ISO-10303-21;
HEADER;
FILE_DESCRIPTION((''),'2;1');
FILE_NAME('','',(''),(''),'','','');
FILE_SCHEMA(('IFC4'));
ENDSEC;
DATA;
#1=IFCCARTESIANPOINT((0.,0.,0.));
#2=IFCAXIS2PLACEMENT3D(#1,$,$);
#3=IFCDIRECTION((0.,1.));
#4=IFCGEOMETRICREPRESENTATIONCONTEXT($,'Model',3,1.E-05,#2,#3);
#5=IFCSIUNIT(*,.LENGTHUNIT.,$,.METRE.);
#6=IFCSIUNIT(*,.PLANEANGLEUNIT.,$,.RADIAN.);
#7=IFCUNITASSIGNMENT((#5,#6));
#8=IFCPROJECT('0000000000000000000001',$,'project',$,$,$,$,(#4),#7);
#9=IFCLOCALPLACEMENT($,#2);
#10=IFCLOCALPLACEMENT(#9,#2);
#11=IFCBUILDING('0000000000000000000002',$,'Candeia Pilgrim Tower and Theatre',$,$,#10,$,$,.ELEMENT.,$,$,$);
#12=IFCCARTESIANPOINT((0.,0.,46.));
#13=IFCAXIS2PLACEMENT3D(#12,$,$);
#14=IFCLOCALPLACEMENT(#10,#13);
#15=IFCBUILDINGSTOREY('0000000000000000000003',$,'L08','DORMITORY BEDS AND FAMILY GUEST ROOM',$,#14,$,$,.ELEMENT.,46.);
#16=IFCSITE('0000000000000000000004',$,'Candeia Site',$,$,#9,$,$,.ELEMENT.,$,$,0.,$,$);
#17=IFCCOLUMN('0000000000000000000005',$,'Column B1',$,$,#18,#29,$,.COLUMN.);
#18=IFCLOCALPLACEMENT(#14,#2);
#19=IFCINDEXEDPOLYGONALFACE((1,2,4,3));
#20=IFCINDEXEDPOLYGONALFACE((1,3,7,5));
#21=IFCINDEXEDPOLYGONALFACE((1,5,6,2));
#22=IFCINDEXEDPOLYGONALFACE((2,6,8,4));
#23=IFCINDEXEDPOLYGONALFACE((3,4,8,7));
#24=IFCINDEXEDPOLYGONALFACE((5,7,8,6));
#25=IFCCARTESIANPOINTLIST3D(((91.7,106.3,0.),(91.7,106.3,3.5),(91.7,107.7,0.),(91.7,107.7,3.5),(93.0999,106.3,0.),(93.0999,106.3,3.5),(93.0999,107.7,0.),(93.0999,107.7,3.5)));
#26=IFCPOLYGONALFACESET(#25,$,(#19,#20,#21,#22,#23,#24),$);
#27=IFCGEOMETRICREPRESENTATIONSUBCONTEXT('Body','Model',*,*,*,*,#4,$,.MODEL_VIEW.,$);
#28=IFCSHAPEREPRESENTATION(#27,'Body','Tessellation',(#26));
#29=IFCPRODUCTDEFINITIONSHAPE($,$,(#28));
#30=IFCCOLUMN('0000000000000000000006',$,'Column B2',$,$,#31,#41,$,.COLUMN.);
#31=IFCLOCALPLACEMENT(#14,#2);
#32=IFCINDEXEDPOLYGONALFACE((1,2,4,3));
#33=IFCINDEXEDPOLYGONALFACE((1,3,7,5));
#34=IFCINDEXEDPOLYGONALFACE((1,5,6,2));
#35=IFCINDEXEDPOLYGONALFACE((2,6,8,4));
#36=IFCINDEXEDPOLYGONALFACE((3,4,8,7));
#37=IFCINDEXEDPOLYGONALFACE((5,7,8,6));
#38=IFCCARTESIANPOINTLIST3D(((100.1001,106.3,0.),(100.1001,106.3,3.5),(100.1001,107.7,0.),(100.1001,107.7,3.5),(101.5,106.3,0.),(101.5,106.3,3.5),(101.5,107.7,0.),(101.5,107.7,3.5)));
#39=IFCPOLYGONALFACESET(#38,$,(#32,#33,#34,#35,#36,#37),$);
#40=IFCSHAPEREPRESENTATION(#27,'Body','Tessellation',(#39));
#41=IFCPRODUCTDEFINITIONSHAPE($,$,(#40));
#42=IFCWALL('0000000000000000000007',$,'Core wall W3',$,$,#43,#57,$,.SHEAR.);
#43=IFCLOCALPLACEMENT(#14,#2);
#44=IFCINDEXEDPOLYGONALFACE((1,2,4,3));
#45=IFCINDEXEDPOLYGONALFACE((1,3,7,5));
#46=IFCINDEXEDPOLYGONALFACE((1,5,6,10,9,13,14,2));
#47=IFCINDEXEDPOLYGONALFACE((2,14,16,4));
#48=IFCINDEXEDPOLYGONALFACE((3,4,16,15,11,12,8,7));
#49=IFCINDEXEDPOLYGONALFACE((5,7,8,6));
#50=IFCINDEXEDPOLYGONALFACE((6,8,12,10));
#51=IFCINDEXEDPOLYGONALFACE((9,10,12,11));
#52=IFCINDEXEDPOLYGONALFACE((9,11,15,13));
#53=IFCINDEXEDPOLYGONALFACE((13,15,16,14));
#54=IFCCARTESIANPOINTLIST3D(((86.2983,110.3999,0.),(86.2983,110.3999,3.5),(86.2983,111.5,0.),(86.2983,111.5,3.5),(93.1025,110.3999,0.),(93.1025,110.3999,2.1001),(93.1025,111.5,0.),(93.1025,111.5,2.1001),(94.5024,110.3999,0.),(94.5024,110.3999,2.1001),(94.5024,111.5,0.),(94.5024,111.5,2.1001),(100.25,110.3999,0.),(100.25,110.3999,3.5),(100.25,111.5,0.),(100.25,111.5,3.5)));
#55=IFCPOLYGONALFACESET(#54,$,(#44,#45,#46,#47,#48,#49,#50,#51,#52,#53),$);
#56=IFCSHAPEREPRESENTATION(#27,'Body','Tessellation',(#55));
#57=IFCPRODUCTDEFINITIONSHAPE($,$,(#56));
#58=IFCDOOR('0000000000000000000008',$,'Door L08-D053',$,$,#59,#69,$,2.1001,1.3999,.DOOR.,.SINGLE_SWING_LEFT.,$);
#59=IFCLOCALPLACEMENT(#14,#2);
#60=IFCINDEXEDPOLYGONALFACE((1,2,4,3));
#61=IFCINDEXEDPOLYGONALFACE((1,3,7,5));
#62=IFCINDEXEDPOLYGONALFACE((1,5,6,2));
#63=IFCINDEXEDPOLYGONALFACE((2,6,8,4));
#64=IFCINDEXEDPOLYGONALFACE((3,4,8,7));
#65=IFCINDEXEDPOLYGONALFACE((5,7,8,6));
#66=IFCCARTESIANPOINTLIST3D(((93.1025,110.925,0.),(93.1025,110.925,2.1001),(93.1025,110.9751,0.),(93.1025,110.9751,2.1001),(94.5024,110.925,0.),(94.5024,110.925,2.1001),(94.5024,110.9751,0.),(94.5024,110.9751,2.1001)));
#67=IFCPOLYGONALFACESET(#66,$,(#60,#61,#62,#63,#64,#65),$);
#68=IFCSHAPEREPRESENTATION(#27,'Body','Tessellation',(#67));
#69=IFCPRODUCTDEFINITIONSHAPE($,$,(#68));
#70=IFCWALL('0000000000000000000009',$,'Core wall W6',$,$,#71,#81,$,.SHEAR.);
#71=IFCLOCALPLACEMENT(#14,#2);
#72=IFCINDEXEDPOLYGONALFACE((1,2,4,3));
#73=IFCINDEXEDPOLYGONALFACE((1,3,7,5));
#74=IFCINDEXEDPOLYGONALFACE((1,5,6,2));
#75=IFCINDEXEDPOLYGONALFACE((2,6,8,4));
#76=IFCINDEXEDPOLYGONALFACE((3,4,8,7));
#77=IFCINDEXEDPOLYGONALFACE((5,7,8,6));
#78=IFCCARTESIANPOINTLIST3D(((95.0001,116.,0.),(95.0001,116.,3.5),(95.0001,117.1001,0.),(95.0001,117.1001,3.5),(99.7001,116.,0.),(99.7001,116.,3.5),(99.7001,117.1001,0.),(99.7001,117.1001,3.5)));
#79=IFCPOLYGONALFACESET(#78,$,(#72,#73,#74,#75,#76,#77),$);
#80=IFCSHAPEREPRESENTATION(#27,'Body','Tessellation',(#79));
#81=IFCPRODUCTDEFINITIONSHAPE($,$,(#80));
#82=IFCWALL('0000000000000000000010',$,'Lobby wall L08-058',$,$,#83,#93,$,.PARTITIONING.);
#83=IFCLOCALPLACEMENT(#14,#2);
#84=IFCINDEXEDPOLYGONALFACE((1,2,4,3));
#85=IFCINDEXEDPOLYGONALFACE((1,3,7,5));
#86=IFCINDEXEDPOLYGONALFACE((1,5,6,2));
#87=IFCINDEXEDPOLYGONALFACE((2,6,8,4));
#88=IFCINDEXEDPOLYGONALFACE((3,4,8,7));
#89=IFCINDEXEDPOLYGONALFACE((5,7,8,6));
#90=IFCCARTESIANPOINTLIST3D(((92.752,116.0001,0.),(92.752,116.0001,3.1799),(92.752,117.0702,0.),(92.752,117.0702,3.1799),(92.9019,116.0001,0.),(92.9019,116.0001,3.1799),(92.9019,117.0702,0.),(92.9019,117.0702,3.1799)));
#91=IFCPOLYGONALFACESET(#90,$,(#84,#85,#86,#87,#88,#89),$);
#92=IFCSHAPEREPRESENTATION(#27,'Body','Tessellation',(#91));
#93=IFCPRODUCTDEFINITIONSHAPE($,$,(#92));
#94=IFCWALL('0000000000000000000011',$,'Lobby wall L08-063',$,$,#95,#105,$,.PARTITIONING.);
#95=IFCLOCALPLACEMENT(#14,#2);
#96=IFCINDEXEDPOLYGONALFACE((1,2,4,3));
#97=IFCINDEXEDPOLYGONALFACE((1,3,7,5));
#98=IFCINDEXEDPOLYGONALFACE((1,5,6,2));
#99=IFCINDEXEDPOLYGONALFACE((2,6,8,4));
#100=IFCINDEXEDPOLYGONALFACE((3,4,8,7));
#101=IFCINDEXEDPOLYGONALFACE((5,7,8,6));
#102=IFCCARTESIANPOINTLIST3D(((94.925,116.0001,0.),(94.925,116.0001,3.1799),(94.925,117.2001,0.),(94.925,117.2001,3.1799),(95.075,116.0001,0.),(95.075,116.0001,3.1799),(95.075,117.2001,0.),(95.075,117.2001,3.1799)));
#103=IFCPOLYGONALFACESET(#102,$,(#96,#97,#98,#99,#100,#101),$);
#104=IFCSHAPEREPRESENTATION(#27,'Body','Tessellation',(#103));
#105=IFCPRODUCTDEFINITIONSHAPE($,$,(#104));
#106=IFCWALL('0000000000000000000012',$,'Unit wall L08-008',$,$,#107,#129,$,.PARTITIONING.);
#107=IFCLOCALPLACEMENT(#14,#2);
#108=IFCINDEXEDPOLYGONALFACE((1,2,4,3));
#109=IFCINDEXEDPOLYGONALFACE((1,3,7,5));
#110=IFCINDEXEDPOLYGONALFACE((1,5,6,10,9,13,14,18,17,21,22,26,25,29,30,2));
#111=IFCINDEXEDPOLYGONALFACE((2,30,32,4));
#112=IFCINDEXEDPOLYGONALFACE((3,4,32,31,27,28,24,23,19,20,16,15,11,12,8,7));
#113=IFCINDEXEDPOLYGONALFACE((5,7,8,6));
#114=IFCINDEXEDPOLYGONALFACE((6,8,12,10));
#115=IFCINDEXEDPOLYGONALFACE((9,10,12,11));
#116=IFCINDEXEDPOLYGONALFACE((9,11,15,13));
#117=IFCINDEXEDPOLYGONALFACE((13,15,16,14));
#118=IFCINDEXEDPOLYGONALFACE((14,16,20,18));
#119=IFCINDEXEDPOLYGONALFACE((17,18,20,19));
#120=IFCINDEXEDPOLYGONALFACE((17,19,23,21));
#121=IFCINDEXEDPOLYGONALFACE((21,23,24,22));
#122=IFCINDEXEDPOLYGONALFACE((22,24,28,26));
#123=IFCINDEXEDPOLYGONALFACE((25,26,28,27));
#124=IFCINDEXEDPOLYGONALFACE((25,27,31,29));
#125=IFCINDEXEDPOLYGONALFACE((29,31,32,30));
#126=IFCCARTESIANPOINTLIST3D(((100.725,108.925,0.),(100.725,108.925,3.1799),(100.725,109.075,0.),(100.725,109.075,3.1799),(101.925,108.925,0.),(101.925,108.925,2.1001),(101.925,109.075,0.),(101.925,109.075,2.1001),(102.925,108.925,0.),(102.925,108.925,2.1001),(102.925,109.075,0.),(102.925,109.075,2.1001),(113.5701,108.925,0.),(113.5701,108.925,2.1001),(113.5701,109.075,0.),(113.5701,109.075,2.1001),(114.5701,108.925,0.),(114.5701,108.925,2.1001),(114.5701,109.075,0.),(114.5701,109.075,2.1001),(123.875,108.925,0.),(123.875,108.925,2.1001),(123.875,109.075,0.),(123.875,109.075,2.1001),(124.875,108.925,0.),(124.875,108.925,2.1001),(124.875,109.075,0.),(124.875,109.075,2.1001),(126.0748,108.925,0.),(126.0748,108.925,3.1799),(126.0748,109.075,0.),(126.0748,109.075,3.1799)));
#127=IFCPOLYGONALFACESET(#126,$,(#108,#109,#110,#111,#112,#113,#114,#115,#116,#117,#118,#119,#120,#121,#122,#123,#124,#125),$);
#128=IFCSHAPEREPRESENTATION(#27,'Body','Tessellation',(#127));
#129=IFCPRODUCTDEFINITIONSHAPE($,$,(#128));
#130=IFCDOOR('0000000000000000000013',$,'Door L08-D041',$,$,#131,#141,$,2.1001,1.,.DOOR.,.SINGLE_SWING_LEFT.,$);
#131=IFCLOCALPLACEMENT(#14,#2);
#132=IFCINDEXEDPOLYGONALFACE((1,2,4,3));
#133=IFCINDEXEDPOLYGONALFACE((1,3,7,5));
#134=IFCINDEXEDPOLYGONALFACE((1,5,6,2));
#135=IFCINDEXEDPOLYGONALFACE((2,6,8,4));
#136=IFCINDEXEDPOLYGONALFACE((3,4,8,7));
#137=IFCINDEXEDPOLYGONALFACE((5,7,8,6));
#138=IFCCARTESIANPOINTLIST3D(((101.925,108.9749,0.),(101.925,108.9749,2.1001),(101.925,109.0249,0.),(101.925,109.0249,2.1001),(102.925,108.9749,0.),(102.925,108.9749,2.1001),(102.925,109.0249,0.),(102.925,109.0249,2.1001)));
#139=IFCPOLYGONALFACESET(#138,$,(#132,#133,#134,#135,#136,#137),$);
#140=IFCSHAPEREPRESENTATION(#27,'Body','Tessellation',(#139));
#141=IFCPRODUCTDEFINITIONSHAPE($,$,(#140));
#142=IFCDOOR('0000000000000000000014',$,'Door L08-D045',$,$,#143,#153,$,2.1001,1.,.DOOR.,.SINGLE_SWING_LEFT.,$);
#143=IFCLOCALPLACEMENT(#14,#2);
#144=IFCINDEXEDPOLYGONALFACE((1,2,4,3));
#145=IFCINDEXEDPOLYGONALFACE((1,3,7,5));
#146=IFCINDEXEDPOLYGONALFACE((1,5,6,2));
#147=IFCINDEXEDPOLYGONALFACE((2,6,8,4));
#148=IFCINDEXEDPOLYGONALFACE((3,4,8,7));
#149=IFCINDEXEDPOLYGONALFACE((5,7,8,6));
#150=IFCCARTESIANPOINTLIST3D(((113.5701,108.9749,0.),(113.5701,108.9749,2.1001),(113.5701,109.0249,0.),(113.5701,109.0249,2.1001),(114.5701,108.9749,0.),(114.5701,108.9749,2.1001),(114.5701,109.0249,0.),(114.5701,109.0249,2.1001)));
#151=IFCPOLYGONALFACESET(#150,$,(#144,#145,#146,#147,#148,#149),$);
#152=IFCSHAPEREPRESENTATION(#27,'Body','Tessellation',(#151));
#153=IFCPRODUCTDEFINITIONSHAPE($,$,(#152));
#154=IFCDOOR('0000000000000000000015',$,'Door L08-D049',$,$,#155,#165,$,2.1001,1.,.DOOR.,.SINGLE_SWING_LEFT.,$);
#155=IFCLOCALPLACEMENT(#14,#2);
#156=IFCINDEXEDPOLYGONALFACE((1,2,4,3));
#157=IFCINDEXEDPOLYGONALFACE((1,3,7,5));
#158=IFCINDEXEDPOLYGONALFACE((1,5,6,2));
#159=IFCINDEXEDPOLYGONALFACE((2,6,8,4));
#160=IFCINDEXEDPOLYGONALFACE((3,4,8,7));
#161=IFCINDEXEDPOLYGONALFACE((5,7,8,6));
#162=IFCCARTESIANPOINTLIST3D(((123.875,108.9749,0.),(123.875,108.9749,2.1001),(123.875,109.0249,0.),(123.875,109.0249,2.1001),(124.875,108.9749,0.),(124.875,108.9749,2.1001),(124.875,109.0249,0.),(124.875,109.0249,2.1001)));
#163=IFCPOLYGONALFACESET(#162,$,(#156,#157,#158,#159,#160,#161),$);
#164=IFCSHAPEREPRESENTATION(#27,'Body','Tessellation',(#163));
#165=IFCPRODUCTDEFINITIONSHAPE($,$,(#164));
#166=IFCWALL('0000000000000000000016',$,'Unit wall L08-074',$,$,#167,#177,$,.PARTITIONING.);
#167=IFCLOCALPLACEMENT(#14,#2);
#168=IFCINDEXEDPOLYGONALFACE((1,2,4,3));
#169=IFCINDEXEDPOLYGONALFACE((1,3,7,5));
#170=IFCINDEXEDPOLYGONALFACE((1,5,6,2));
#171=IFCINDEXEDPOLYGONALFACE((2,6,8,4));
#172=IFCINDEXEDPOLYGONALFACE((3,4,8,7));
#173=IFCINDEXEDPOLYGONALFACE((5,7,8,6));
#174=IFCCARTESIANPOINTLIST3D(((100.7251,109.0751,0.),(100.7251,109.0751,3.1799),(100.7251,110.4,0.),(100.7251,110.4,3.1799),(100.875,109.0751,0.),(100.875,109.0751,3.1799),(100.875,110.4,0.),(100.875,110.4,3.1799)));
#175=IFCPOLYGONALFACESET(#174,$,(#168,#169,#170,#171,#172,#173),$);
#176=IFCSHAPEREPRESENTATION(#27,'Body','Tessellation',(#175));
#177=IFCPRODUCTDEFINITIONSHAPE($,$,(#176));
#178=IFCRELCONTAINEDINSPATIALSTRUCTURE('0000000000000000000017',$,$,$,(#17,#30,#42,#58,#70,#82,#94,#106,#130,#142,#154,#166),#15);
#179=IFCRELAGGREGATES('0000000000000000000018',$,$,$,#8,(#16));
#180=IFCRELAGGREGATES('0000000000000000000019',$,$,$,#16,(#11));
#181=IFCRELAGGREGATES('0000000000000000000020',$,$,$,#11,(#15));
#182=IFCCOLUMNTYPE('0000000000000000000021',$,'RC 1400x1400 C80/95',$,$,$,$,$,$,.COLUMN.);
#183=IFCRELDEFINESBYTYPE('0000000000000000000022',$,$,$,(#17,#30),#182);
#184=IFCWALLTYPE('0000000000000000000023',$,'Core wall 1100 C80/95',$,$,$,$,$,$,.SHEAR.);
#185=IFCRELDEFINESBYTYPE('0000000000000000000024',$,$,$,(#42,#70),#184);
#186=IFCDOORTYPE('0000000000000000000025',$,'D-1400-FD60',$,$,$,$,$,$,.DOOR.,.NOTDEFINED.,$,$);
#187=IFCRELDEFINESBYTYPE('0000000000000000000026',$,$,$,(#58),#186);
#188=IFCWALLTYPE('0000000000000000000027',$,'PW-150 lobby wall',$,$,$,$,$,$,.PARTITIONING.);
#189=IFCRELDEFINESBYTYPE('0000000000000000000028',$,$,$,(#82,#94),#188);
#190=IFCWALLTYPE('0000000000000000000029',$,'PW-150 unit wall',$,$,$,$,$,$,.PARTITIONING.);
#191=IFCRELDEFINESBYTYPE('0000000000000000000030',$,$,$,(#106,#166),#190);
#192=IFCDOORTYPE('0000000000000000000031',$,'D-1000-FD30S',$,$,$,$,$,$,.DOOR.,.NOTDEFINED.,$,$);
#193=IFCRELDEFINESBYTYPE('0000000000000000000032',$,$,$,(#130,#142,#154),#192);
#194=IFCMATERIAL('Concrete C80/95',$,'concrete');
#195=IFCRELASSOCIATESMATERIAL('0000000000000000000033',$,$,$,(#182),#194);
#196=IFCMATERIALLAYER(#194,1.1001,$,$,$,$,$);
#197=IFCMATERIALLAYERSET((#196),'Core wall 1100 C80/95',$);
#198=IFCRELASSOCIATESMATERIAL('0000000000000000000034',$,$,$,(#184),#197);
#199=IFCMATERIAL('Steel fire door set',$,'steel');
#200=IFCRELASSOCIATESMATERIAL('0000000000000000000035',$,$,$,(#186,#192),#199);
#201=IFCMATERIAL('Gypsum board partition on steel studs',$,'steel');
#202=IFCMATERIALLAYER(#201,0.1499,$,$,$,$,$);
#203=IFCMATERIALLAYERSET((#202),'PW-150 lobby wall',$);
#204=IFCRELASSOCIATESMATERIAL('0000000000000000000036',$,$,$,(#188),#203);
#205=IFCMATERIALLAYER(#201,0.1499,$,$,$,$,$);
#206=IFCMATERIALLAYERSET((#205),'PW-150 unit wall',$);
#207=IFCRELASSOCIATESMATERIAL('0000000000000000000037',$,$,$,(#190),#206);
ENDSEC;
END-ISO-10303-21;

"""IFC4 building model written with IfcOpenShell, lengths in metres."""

from ifc_helpers import new_model, si_unit, direction, frame, frame_2d, origin, origin_2d, place, context, subcontext, project, spatial, rectangle, extrude, material, layer, layer_set, material_profile, profile_set, type_object, element, fill, save


model = new_model("IFC4")

# Units and contexts
model_context = context("Model", 3, precision=1e-05, world=origin(), true_north=direction((0.0, 1.0)))
body_context = subcontext(model_context, "Body", "Model", "MODEL_VIEW")
ifc_project = project(units=[si_unit("LENGTHUNIT", "METRE"), si_unit("PLANEANGLEUNIT", "RADIAN")], contexts=[model_context])

# Site, building, storey
site_placement = place(None, origin())
site = spatial("IfcSite", under=ifc_project, at=site_placement, Name="Candeia Site", CompositionType="ELEMENT", RefElevation=0.0)
building_placement = place(site_placement, origin())
building = spatial("IfcBuilding", under=site, at=building_placement, Name="Candeia Pilgrim Tower and Theatre", CompositionType="ELEMENT")
storey_placement = place(building_placement, frame((0.0, 0.0, 46.0)))
storey = spatial("IfcBuildingStorey", under=building, at=storey_placement, Name="L08", Description="DORMITORY BEDS AND FAMILY GUEST ROOM", CompositionType="ELEMENT", Elevation=46.0)

# Columns
ifc_material_1 = material(Name="Concrete C80/95", Category="concrete")
ifc_material_profile = material_profile(ifc_material_1, rectangle(XDim=1.3999, YDim=1.3999, at=origin_2d()))
ifc_profile_set = profile_set([ifc_material_profile], Name="Concrete C80/95")
column_type = type_object("IfcColumnType", Name="RC 1400x1400 C80/95", PredefinedType="COLUMN", material=ifc_profile_set)
for number, where, z_axis, x_axis, name in (
    (1, (92.3999, 107.0, 0.0), (0.0, 0.0, 1.0), (1.0, 0.0, 0.0), "Column B1"),
    (2, (100.8, 107.0, 0.0), (0.0, 0.0, 1.0), (1.0, 0.0, 0.0), "Column B2"),
):
    element("IfcColumn", number, at=place(storey_placement, frame(where, z_axis=z_axis, x_axis=x_axis)), inside=storey, type_object=column_type, Name=name, PredefinedType="COLUMN", context=body_context, shape_type="SweptSolid", body=[
        extrude(rectangle(XDim=1.3999, YDim=1.3999, at=origin_2d()), origin(), (0.0, 0.0, 1.0), 3.5),
    ])

# Wall, opening, door
ifc_layer_1 = layer(ifc_material_1, 1.1001)
ifc_layer_set_1 = layer_set([ifc_layer_1], Name="Core wall 1100 C80/95")
wall_type_1 = type_object("IfcWallType", Name="Core wall 1100 C80/95", PredefinedType="SHEAR", material=ifc_layer_set_1)
wall_1_placement = place(storey_placement, frame((100.25, 110.95, 0.0), z_axis=(0.0, 0.0, 1.0), x_axis=(-1.0, 0.0, 0.0)))
wall_1 = element("IfcWall", 3, at=wall_1_placement, inside=storey, type_object=wall_type_1, Name="Core wall W3", PredefinedType="SHEAR", context=body_context, shape_type="SweptSolid", body=[
    extrude(rectangle(XDim=13.9517, YDim=1.1001, at=frame_2d((6.9758, 0.0))), origin(), (0.0, 0.0, 1.0), 3.5),
])
opening_1_placement = place(wall_1_placement, frame((5.7476, 0.0, 0.0)))
opening_1 = element("IfcOpeningElement", 4, at=opening_1_placement, cuts=wall_1, PredefinedType="OPENING", context=body_context, shape_type="SweptSolid", body=[
    extrude(rectangle(XDim=1.3999, YDim=2.1001, at=frame_2d((0.7, 1.05))), frame((0.0, 0.5601, 0.0), z_axis=(0.0, -1.0, 0.0), x_axis=(1.0, 0.0, 0.0)), (0.0, 0.0, 1.0), 1.1201),
])
ifc_material_2 = material(Name="Steel fire door set", Category="steel")
door_type_1 = type_object("IfcDoorType", Name="D-1400-FD60", OperationType="NOTDEFINED", PredefinedType="DOOR", material=ifc_material_2)
door_1_placement = place(opening_1_placement, origin())
door_1 = element("IfcDoor", 5, at=door_1_placement, inside=storey, type_object=door_type_1, Name="Door L08-D053", OperationType="SINGLE_SWING_LEFT", OverallHeight=2.1001, OverallWidth=1.3999, PredefinedType="DOOR", context=body_context, shape_type="SweptSolid", body=[
    extrude(rectangle(XDim=1.3999, YDim=2.1001, at=frame_2d((0.7, 1.05))), frame((0.0, 0.0249, 0.0), z_axis=(0.0, -1.0, 0.0), x_axis=(1.0, 0.0, 0.0)), (0.0, 0.0, 1.0), 0.05),
])
fill(opening_1, door_1)

# Walls
wall_2_placement = place(storey_placement, frame((95.0, 116.55, 0.0), z_axis=(0.0, 0.0, 1.0), x_axis=(1.0, 0.0, 0.0)))
element("IfcWall", 6, at=wall_2_placement, inside=storey, type_object=wall_type_1, Name="Core wall W6", PredefinedType="SHEAR", context=body_context, shape_type="SweptSolid", body=[
    extrude(rectangle(XDim=4.7, YDim=1.1001, at=frame_2d((2.3501, 0.0))), origin(), (0.0, 0.0, 1.0), 3.5),
])
ifc_material_3 = material(Name="Gypsum board partition on steel studs", Category="steel")
ifc_layer_2 = layer(ifc_material_3, 0.1499)
ifc_layer_set_2 = layer_set([ifc_layer_2], Name="PW-150 lobby wall")
wall_type_2 = type_object("IfcWallType", Name="PW-150 lobby wall", PredefinedType="PARTITIONING", material=ifc_layer_set_2)
wall_3_placement = place(storey_placement, frame((92.8269, 116.0, 0.0), z_axis=(0.0, 0.0, 1.0), x_axis=(0.0, 1.0, 0.0)))
element("IfcWall", 7, at=wall_3_placement, inside=storey, type_object=wall_type_2, Name="Lobby wall L08-058", PredefinedType="PARTITIONING", context=body_context, shape_type="SweptSolid", body=[
    extrude(rectangle(XDim=1.0701, YDim=0.1499, at=frame_2d((0.5352, 0.0))), origin(), (0.0, 0.0, 1.0), 3.1799),
])
wall_4_placement = place(storey_placement, frame((95.0, 116.0, 0.0), z_axis=(0.0, 0.0, 1.0), x_axis=(0.0, 1.0, 0.0)))
element("IfcWall", 8, at=wall_4_placement, inside=storey, type_object=wall_type_2, Name="Lobby wall L08-063", PredefinedType="PARTITIONING", context=body_context, shape_type="SweptSolid", body=[
    extrude(rectangle(XDim=1.2, YDim=0.1499, at=frame_2d((0.6001, 0.0))), origin(), (0.0, 0.0, 1.0), 3.1799),
])

# Wall, openings, doors
ifc_layer_3 = layer(ifc_material_3, 0.1499)
ifc_layer_set_3 = layer_set([ifc_layer_3], Name="PW-150 unit wall")
wall_type_3 = type_object("IfcWallType", Name="PW-150 unit wall", PredefinedType="PARTITIONING", material=ifc_layer_set_3)
wall_5_placement = place(storey_placement, frame((100.7251, 109.0, 0.0), z_axis=(0.0, 0.0, 1.0), x_axis=(1.0, 0.0, 0.0)))
wall_5 = element("IfcWall", 9, at=wall_5_placement, inside=storey, type_object=wall_type_3, Name="Unit wall L08-008", PredefinedType="PARTITIONING", context=body_context, shape_type="SweptSolid", body=[
    extrude(rectangle(XDim=25.3499, YDim=0.1499, at=frame_2d((12.6748, 0.0))), origin(), (0.0, 0.0, 1.0), 3.1799),
])
opening_2_placement = place(wall_5_placement, frame((1.2, 0.0, 0.0)))
opening_2 = element("IfcOpeningElement", 10, at=opening_2_placement, cuts=wall_5, PredefinedType="OPENING", context=body_context, shape_type="SweptSolid", body=[
    extrude(rectangle(XDim=1.0, YDim=2.1001, at=frame_2d((0.5, 1.05))), frame((0.0, 0.085, 0.0), z_axis=(0.0, -1.0, 0.0), x_axis=(1.0, 0.0, 0.0)), (0.0, 0.0, 1.0), 0.1699),
])
opening_3_placement = place(wall_5_placement, frame((12.845, 0.0, 0.0)))
opening_3 = element("IfcOpeningElement", 11, at=opening_3_placement, cuts=wall_5, PredefinedType="OPENING", context=body_context, shape_type="SweptSolid", body=[
    extrude(rectangle(XDim=1.0, YDim=2.1001, at=frame_2d((0.5, 1.05))), frame((0.0, 0.085, 0.0), z_axis=(0.0, -1.0, 0.0), x_axis=(1.0, 0.0, 0.0)), (0.0, 0.0, 1.0), 0.1699),
])
opening_4_placement = place(wall_5_placement, frame((23.1499, 0.0, 0.0)))
opening_4 = element("IfcOpeningElement", 12, at=opening_4_placement, cuts=wall_5, PredefinedType="OPENING", context=body_context, shape_type="SweptSolid", body=[
    extrude(rectangle(XDim=1.0, YDim=2.1001, at=frame_2d((0.5, 1.05))), frame((0.0, 0.085, 0.0), z_axis=(0.0, -1.0, 0.0), x_axis=(1.0, 0.0, 0.0)), (0.0, 0.0, 1.0), 0.1699),
])
door_type_2 = type_object("IfcDoorType", Name="D-1000-FD30S", OperationType="NOTDEFINED", PredefinedType="DOOR", material=ifc_material_2)
door_2_placement = place(opening_2_placement, origin())
door_2 = element("IfcDoor", 13, at=door_2_placement, inside=storey, type_object=door_type_2, Name="Door L08-D041", OperationType="SINGLE_SWING_LEFT", OverallHeight=2.1001, OverallWidth=1.0, PredefinedType="DOOR", context=body_context, shape_type="SweptSolid", body=[
    extrude(rectangle(XDim=1.0, YDim=2.1001, at=frame_2d((0.5, 1.05))), frame((0.0, 0.0249, 0.0), z_axis=(0.0, -1.0, 0.0), x_axis=(1.0, 0.0, 0.0)), (0.0, 0.0, 1.0), 0.05),
])
fill(opening_2, door_2)
door_3_placement = place(opening_3_placement, origin())
door_3 = element("IfcDoor", 14, at=door_3_placement, inside=storey, type_object=door_type_2, Name="Door L08-D045", OperationType="SINGLE_SWING_LEFT", OverallHeight=2.1001, OverallWidth=1.0, PredefinedType="DOOR", context=body_context, shape_type="SweptSolid", body=[
    extrude(rectangle(XDim=1.0, YDim=2.1001, at=frame_2d((0.5, 1.05))), frame((0.0, 0.0249, 0.0), z_axis=(0.0, -1.0, 0.0), x_axis=(1.0, 0.0, 0.0)), (0.0, 0.0, 1.0), 0.05),
])
fill(opening_3, door_3)
door_4_placement = place(opening_4_placement, origin())
door_4 = element("IfcDoor", 15, at=door_4_placement, inside=storey, type_object=door_type_2, Name="Door L08-D049", OperationType="SINGLE_SWING_LEFT", OverallHeight=2.1001, OverallWidth=1.0, PredefinedType="DOOR", context=body_context, shape_type="SweptSolid", body=[
    extrude(rectangle(XDim=1.0, YDim=2.1001, at=frame_2d((0.5, 1.05))), frame((0.0, 0.0249, 0.0), z_axis=(0.0, -1.0, 0.0), x_axis=(1.0, 0.0, 0.0)), (0.0, 0.0, 1.0), 0.05),
])
fill(opening_4, door_4)

# Wall
wall_6_placement = place(storey_placement, frame((100.8, 109.075, 0.0), z_axis=(0.0, 0.0, 1.0), x_axis=(0.0, 1.0, 0.0)))
element("IfcWall", 16, at=wall_6_placement, inside=storey, type_object=wall_type_3, Name="Unit wall L08-074", PredefinedType="PARTITIONING", context=body_context, shape_type="SweptSolid", body=[
    extrude(rectangle(XDim=1.325, YDim=0.1499, at=frame_2d((0.6626, 0.0))), origin(), (0.0, 0.0, 1.0), 3.1799),
])

save(model, "model.ifc")
